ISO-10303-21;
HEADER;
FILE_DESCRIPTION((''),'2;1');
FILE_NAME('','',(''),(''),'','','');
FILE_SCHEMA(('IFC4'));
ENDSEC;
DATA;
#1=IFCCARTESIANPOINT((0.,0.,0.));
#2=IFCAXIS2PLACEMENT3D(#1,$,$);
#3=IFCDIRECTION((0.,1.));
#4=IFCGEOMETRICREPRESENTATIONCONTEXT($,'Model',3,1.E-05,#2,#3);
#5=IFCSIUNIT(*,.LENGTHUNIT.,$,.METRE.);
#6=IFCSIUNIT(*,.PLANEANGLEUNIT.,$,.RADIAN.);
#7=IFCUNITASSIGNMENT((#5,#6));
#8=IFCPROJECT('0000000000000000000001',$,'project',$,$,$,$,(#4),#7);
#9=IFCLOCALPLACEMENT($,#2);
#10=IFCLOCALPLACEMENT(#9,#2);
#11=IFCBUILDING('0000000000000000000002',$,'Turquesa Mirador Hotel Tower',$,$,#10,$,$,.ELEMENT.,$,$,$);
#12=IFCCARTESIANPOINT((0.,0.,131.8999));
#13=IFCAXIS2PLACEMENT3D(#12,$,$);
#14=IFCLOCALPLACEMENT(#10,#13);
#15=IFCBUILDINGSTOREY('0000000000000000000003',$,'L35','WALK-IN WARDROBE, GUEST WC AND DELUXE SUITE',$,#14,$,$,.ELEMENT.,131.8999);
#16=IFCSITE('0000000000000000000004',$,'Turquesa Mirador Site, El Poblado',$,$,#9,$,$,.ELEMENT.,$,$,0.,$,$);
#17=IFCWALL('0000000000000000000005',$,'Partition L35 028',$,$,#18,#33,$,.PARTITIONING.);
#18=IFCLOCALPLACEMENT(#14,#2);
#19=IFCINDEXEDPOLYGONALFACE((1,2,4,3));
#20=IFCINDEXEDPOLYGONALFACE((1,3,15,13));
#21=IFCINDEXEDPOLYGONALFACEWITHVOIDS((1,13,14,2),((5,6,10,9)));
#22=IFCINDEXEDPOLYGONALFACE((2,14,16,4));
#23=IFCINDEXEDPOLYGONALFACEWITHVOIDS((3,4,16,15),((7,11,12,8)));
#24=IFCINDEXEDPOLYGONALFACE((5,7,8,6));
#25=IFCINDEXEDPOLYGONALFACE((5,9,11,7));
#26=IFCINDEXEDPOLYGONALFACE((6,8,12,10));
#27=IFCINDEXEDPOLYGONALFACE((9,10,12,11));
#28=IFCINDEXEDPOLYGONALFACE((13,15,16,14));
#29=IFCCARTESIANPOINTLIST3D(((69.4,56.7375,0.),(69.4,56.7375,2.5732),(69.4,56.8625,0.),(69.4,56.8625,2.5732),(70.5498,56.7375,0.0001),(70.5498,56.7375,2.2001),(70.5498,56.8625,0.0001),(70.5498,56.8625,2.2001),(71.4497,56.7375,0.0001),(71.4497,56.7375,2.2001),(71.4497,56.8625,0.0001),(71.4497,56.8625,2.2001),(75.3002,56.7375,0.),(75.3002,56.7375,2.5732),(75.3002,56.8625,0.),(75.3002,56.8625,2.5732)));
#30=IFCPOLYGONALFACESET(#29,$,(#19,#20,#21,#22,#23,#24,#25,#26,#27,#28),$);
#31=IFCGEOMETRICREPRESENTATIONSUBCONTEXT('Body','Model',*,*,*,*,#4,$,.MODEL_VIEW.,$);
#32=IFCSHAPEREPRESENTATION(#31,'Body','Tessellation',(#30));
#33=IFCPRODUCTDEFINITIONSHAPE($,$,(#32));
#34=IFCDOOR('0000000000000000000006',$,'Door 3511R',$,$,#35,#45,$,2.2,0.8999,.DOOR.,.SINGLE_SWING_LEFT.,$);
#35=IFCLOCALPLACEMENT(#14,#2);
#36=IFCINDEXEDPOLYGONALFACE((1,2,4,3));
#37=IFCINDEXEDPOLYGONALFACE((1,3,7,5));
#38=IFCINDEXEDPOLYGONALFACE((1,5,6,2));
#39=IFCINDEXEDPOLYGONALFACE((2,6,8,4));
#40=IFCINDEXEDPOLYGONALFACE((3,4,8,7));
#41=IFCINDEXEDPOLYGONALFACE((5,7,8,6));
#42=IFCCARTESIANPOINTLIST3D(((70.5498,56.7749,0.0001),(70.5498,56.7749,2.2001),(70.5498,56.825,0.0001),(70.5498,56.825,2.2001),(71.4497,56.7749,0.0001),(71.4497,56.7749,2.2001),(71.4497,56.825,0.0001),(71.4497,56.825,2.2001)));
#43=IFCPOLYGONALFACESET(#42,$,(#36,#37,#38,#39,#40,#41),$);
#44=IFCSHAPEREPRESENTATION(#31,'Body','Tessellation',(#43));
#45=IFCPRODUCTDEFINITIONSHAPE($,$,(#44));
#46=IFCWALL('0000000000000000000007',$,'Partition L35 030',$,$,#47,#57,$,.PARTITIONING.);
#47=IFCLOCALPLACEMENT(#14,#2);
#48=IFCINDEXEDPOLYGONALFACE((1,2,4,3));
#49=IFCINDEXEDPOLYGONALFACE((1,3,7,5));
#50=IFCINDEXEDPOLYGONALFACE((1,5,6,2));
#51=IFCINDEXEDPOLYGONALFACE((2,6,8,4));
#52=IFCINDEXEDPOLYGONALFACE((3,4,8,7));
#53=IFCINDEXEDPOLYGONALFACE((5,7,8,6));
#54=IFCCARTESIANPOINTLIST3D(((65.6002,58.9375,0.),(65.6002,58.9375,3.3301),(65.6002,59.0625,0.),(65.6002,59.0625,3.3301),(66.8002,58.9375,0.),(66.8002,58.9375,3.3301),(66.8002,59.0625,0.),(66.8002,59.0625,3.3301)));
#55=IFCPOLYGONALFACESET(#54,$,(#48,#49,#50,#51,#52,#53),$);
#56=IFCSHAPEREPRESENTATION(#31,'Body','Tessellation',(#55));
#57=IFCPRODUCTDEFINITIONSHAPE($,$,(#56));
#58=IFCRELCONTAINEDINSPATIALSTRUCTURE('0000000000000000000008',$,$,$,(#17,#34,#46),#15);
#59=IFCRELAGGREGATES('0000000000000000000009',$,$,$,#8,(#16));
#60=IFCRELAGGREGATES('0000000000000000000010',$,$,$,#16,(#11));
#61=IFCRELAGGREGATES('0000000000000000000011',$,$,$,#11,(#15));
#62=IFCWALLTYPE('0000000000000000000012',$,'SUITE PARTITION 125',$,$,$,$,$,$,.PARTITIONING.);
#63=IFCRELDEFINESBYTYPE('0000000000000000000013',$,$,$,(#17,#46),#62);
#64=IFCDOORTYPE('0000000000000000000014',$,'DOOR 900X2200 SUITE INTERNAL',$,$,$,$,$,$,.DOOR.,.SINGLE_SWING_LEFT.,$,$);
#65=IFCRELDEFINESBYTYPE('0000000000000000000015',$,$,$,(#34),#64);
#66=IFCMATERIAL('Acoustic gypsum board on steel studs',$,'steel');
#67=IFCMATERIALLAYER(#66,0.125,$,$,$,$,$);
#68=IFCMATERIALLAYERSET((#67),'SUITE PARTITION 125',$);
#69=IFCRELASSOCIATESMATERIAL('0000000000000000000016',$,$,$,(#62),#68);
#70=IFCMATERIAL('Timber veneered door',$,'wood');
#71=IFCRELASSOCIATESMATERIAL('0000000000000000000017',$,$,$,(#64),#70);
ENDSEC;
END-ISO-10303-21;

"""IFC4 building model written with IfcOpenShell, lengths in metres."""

from ifc_helpers import new_model, si_unit, direction, frame, frame_2d, origin, place, context, subcontext, project, spatial, rectangle, extrude, material, layer, layer_set, type_object, element, fill, save


model = new_model("IFC4")

# Units and contexts
model_context = context("Model", 3, precision=1e-05, world=origin(), true_north=direction((0.0, 1.0)))
body_context = subcontext(model_context, "Body", "Model", "MODEL_VIEW")
ifc_project = project(units=[si_unit("LENGTHUNIT", "METRE"), si_unit("PLANEANGLEUNIT", "RADIAN")], contexts=[model_context])

# Site, building, storey
site_placement = place(None, origin())
site = spatial("IfcSite", under=ifc_project, at=site_placement, Name="Turquesa Mirador Site, El Poblado", CompositionType="ELEMENT", RefElevation=0.0)
building_placement = place(site_placement, origin())
building = spatial("IfcBuilding", under=site, at=building_placement, Name="Turquesa Mirador Hotel Tower", CompositionType="ELEMENT")
storey_placement = place(building_placement, frame((0.0, 0.0, 131.8999)))
storey = spatial("IfcBuildingStorey", under=building, at=storey_placement, Name="L35", Description="WALK-IN WARDROBE, GUEST WC AND DELUXE SUITE", CompositionType="ELEMENT", Elevation=131.8999)

# Wall, opening, door
ifc_material_1 = material(Name="Acoustic gypsum board on steel studs", Category="steel")
ifc_layer_1 = layer(ifc_material_1, 0.125)
ifc_layer_set_1 = layer_set([ifc_layer_1], Name="SUITE PARTITION 125")
wall_type_1 = type_object("IfcWallType", Name="SUITE PARTITION 125", PredefinedType="PARTITIONING", material=ifc_layer_set_1)
wall_1_placement = place(storey_placement, frame((69.3999, 56.8, 0.0), z_axis=(0.0, 0.0, 1.0), x_axis=(1.0, 0.0, 0.0)))
wall_1 = element("IfcWall", 1, at=wall_1_placement, inside=storey, type_object=wall_type_1, Name="Partition L35 028", PredefinedType="PARTITIONING", context=body_context, shape_type="SweptSolid", body=[
    extrude(rectangle(XDim=5.9001, YDim=0.125, at=frame_2d((2.9502, 0.0))), origin(), (0.0, 0.0, 1.0), 2.5732),
])
opening_1_placement = place(wall_1_placement, frame((1.1499, 0.0, 0.0)))
opening_1 = element("IfcOpeningElement", 2, at=opening_1_placement, cuts=wall_1, PredefinedType="OPENING", context=body_context, shape_type="SweptSolid", body=[
    extrude(rectangle(XDim=0.8999, YDim=2.2, at=frame_2d((0.45, 1.1001))), frame((0.0, 0.0725, 0.0), z_axis=(0.0, -1.0, 0.0), x_axis=(1.0, 0.0, 0.0)), (0.0, 0.0, 1.0), 0.145),
])
ifc_material_2 = material(Name="Timber veneered door", Category="wood")
door_type_1 = type_object("IfcDoorType", Name="DOOR 900X2200 SUITE INTERNAL", OperationType="SINGLE_SWING_LEFT", PredefinedType="DOOR", material=ifc_material_2)
door_1_placement = place(opening_1_placement, origin())
door_1 = element("IfcDoor", 3, at=door_1_placement, inside=storey, type_object=door_type_1, Name="Door 3511R", OperationType="SINGLE_SWING_LEFT", OverallHeight=2.2, OverallWidth=0.8999, PredefinedType="DOOR", context=body_context, shape_type="SweptSolid", body=[
    extrude(rectangle(XDim=0.8999, YDim=2.2, at=frame_2d((0.45, 1.1001))), frame((0.0, 0.0249, 0.0), z_axis=(0.0, -1.0, 0.0), x_axis=(1.0, 0.0, 0.0)), (0.0, 0.0, 1.0), 0.05),
])
fill(opening_1, door_1)

# Wall
wall_2_placement = place(storey_placement, frame((65.6001, 59.0, 0.0), z_axis=(0.0, 0.0, 1.0), x_axis=(1.0, 0.0, 0.0)))
element("IfcWall", 4, at=wall_2_placement, inside=storey, type_object=wall_type_1, Name="Partition L35 030", PredefinedType="PARTITIONING", context=body_context, shape_type="SweptSolid", body=[
    extrude(rectangle(XDim=1.2, YDim=0.125, at=frame_2d((0.6001, 0.0))), origin(), (0.0, 0.0, 1.0), 3.3301),
])

save(model, "model.ifc")
